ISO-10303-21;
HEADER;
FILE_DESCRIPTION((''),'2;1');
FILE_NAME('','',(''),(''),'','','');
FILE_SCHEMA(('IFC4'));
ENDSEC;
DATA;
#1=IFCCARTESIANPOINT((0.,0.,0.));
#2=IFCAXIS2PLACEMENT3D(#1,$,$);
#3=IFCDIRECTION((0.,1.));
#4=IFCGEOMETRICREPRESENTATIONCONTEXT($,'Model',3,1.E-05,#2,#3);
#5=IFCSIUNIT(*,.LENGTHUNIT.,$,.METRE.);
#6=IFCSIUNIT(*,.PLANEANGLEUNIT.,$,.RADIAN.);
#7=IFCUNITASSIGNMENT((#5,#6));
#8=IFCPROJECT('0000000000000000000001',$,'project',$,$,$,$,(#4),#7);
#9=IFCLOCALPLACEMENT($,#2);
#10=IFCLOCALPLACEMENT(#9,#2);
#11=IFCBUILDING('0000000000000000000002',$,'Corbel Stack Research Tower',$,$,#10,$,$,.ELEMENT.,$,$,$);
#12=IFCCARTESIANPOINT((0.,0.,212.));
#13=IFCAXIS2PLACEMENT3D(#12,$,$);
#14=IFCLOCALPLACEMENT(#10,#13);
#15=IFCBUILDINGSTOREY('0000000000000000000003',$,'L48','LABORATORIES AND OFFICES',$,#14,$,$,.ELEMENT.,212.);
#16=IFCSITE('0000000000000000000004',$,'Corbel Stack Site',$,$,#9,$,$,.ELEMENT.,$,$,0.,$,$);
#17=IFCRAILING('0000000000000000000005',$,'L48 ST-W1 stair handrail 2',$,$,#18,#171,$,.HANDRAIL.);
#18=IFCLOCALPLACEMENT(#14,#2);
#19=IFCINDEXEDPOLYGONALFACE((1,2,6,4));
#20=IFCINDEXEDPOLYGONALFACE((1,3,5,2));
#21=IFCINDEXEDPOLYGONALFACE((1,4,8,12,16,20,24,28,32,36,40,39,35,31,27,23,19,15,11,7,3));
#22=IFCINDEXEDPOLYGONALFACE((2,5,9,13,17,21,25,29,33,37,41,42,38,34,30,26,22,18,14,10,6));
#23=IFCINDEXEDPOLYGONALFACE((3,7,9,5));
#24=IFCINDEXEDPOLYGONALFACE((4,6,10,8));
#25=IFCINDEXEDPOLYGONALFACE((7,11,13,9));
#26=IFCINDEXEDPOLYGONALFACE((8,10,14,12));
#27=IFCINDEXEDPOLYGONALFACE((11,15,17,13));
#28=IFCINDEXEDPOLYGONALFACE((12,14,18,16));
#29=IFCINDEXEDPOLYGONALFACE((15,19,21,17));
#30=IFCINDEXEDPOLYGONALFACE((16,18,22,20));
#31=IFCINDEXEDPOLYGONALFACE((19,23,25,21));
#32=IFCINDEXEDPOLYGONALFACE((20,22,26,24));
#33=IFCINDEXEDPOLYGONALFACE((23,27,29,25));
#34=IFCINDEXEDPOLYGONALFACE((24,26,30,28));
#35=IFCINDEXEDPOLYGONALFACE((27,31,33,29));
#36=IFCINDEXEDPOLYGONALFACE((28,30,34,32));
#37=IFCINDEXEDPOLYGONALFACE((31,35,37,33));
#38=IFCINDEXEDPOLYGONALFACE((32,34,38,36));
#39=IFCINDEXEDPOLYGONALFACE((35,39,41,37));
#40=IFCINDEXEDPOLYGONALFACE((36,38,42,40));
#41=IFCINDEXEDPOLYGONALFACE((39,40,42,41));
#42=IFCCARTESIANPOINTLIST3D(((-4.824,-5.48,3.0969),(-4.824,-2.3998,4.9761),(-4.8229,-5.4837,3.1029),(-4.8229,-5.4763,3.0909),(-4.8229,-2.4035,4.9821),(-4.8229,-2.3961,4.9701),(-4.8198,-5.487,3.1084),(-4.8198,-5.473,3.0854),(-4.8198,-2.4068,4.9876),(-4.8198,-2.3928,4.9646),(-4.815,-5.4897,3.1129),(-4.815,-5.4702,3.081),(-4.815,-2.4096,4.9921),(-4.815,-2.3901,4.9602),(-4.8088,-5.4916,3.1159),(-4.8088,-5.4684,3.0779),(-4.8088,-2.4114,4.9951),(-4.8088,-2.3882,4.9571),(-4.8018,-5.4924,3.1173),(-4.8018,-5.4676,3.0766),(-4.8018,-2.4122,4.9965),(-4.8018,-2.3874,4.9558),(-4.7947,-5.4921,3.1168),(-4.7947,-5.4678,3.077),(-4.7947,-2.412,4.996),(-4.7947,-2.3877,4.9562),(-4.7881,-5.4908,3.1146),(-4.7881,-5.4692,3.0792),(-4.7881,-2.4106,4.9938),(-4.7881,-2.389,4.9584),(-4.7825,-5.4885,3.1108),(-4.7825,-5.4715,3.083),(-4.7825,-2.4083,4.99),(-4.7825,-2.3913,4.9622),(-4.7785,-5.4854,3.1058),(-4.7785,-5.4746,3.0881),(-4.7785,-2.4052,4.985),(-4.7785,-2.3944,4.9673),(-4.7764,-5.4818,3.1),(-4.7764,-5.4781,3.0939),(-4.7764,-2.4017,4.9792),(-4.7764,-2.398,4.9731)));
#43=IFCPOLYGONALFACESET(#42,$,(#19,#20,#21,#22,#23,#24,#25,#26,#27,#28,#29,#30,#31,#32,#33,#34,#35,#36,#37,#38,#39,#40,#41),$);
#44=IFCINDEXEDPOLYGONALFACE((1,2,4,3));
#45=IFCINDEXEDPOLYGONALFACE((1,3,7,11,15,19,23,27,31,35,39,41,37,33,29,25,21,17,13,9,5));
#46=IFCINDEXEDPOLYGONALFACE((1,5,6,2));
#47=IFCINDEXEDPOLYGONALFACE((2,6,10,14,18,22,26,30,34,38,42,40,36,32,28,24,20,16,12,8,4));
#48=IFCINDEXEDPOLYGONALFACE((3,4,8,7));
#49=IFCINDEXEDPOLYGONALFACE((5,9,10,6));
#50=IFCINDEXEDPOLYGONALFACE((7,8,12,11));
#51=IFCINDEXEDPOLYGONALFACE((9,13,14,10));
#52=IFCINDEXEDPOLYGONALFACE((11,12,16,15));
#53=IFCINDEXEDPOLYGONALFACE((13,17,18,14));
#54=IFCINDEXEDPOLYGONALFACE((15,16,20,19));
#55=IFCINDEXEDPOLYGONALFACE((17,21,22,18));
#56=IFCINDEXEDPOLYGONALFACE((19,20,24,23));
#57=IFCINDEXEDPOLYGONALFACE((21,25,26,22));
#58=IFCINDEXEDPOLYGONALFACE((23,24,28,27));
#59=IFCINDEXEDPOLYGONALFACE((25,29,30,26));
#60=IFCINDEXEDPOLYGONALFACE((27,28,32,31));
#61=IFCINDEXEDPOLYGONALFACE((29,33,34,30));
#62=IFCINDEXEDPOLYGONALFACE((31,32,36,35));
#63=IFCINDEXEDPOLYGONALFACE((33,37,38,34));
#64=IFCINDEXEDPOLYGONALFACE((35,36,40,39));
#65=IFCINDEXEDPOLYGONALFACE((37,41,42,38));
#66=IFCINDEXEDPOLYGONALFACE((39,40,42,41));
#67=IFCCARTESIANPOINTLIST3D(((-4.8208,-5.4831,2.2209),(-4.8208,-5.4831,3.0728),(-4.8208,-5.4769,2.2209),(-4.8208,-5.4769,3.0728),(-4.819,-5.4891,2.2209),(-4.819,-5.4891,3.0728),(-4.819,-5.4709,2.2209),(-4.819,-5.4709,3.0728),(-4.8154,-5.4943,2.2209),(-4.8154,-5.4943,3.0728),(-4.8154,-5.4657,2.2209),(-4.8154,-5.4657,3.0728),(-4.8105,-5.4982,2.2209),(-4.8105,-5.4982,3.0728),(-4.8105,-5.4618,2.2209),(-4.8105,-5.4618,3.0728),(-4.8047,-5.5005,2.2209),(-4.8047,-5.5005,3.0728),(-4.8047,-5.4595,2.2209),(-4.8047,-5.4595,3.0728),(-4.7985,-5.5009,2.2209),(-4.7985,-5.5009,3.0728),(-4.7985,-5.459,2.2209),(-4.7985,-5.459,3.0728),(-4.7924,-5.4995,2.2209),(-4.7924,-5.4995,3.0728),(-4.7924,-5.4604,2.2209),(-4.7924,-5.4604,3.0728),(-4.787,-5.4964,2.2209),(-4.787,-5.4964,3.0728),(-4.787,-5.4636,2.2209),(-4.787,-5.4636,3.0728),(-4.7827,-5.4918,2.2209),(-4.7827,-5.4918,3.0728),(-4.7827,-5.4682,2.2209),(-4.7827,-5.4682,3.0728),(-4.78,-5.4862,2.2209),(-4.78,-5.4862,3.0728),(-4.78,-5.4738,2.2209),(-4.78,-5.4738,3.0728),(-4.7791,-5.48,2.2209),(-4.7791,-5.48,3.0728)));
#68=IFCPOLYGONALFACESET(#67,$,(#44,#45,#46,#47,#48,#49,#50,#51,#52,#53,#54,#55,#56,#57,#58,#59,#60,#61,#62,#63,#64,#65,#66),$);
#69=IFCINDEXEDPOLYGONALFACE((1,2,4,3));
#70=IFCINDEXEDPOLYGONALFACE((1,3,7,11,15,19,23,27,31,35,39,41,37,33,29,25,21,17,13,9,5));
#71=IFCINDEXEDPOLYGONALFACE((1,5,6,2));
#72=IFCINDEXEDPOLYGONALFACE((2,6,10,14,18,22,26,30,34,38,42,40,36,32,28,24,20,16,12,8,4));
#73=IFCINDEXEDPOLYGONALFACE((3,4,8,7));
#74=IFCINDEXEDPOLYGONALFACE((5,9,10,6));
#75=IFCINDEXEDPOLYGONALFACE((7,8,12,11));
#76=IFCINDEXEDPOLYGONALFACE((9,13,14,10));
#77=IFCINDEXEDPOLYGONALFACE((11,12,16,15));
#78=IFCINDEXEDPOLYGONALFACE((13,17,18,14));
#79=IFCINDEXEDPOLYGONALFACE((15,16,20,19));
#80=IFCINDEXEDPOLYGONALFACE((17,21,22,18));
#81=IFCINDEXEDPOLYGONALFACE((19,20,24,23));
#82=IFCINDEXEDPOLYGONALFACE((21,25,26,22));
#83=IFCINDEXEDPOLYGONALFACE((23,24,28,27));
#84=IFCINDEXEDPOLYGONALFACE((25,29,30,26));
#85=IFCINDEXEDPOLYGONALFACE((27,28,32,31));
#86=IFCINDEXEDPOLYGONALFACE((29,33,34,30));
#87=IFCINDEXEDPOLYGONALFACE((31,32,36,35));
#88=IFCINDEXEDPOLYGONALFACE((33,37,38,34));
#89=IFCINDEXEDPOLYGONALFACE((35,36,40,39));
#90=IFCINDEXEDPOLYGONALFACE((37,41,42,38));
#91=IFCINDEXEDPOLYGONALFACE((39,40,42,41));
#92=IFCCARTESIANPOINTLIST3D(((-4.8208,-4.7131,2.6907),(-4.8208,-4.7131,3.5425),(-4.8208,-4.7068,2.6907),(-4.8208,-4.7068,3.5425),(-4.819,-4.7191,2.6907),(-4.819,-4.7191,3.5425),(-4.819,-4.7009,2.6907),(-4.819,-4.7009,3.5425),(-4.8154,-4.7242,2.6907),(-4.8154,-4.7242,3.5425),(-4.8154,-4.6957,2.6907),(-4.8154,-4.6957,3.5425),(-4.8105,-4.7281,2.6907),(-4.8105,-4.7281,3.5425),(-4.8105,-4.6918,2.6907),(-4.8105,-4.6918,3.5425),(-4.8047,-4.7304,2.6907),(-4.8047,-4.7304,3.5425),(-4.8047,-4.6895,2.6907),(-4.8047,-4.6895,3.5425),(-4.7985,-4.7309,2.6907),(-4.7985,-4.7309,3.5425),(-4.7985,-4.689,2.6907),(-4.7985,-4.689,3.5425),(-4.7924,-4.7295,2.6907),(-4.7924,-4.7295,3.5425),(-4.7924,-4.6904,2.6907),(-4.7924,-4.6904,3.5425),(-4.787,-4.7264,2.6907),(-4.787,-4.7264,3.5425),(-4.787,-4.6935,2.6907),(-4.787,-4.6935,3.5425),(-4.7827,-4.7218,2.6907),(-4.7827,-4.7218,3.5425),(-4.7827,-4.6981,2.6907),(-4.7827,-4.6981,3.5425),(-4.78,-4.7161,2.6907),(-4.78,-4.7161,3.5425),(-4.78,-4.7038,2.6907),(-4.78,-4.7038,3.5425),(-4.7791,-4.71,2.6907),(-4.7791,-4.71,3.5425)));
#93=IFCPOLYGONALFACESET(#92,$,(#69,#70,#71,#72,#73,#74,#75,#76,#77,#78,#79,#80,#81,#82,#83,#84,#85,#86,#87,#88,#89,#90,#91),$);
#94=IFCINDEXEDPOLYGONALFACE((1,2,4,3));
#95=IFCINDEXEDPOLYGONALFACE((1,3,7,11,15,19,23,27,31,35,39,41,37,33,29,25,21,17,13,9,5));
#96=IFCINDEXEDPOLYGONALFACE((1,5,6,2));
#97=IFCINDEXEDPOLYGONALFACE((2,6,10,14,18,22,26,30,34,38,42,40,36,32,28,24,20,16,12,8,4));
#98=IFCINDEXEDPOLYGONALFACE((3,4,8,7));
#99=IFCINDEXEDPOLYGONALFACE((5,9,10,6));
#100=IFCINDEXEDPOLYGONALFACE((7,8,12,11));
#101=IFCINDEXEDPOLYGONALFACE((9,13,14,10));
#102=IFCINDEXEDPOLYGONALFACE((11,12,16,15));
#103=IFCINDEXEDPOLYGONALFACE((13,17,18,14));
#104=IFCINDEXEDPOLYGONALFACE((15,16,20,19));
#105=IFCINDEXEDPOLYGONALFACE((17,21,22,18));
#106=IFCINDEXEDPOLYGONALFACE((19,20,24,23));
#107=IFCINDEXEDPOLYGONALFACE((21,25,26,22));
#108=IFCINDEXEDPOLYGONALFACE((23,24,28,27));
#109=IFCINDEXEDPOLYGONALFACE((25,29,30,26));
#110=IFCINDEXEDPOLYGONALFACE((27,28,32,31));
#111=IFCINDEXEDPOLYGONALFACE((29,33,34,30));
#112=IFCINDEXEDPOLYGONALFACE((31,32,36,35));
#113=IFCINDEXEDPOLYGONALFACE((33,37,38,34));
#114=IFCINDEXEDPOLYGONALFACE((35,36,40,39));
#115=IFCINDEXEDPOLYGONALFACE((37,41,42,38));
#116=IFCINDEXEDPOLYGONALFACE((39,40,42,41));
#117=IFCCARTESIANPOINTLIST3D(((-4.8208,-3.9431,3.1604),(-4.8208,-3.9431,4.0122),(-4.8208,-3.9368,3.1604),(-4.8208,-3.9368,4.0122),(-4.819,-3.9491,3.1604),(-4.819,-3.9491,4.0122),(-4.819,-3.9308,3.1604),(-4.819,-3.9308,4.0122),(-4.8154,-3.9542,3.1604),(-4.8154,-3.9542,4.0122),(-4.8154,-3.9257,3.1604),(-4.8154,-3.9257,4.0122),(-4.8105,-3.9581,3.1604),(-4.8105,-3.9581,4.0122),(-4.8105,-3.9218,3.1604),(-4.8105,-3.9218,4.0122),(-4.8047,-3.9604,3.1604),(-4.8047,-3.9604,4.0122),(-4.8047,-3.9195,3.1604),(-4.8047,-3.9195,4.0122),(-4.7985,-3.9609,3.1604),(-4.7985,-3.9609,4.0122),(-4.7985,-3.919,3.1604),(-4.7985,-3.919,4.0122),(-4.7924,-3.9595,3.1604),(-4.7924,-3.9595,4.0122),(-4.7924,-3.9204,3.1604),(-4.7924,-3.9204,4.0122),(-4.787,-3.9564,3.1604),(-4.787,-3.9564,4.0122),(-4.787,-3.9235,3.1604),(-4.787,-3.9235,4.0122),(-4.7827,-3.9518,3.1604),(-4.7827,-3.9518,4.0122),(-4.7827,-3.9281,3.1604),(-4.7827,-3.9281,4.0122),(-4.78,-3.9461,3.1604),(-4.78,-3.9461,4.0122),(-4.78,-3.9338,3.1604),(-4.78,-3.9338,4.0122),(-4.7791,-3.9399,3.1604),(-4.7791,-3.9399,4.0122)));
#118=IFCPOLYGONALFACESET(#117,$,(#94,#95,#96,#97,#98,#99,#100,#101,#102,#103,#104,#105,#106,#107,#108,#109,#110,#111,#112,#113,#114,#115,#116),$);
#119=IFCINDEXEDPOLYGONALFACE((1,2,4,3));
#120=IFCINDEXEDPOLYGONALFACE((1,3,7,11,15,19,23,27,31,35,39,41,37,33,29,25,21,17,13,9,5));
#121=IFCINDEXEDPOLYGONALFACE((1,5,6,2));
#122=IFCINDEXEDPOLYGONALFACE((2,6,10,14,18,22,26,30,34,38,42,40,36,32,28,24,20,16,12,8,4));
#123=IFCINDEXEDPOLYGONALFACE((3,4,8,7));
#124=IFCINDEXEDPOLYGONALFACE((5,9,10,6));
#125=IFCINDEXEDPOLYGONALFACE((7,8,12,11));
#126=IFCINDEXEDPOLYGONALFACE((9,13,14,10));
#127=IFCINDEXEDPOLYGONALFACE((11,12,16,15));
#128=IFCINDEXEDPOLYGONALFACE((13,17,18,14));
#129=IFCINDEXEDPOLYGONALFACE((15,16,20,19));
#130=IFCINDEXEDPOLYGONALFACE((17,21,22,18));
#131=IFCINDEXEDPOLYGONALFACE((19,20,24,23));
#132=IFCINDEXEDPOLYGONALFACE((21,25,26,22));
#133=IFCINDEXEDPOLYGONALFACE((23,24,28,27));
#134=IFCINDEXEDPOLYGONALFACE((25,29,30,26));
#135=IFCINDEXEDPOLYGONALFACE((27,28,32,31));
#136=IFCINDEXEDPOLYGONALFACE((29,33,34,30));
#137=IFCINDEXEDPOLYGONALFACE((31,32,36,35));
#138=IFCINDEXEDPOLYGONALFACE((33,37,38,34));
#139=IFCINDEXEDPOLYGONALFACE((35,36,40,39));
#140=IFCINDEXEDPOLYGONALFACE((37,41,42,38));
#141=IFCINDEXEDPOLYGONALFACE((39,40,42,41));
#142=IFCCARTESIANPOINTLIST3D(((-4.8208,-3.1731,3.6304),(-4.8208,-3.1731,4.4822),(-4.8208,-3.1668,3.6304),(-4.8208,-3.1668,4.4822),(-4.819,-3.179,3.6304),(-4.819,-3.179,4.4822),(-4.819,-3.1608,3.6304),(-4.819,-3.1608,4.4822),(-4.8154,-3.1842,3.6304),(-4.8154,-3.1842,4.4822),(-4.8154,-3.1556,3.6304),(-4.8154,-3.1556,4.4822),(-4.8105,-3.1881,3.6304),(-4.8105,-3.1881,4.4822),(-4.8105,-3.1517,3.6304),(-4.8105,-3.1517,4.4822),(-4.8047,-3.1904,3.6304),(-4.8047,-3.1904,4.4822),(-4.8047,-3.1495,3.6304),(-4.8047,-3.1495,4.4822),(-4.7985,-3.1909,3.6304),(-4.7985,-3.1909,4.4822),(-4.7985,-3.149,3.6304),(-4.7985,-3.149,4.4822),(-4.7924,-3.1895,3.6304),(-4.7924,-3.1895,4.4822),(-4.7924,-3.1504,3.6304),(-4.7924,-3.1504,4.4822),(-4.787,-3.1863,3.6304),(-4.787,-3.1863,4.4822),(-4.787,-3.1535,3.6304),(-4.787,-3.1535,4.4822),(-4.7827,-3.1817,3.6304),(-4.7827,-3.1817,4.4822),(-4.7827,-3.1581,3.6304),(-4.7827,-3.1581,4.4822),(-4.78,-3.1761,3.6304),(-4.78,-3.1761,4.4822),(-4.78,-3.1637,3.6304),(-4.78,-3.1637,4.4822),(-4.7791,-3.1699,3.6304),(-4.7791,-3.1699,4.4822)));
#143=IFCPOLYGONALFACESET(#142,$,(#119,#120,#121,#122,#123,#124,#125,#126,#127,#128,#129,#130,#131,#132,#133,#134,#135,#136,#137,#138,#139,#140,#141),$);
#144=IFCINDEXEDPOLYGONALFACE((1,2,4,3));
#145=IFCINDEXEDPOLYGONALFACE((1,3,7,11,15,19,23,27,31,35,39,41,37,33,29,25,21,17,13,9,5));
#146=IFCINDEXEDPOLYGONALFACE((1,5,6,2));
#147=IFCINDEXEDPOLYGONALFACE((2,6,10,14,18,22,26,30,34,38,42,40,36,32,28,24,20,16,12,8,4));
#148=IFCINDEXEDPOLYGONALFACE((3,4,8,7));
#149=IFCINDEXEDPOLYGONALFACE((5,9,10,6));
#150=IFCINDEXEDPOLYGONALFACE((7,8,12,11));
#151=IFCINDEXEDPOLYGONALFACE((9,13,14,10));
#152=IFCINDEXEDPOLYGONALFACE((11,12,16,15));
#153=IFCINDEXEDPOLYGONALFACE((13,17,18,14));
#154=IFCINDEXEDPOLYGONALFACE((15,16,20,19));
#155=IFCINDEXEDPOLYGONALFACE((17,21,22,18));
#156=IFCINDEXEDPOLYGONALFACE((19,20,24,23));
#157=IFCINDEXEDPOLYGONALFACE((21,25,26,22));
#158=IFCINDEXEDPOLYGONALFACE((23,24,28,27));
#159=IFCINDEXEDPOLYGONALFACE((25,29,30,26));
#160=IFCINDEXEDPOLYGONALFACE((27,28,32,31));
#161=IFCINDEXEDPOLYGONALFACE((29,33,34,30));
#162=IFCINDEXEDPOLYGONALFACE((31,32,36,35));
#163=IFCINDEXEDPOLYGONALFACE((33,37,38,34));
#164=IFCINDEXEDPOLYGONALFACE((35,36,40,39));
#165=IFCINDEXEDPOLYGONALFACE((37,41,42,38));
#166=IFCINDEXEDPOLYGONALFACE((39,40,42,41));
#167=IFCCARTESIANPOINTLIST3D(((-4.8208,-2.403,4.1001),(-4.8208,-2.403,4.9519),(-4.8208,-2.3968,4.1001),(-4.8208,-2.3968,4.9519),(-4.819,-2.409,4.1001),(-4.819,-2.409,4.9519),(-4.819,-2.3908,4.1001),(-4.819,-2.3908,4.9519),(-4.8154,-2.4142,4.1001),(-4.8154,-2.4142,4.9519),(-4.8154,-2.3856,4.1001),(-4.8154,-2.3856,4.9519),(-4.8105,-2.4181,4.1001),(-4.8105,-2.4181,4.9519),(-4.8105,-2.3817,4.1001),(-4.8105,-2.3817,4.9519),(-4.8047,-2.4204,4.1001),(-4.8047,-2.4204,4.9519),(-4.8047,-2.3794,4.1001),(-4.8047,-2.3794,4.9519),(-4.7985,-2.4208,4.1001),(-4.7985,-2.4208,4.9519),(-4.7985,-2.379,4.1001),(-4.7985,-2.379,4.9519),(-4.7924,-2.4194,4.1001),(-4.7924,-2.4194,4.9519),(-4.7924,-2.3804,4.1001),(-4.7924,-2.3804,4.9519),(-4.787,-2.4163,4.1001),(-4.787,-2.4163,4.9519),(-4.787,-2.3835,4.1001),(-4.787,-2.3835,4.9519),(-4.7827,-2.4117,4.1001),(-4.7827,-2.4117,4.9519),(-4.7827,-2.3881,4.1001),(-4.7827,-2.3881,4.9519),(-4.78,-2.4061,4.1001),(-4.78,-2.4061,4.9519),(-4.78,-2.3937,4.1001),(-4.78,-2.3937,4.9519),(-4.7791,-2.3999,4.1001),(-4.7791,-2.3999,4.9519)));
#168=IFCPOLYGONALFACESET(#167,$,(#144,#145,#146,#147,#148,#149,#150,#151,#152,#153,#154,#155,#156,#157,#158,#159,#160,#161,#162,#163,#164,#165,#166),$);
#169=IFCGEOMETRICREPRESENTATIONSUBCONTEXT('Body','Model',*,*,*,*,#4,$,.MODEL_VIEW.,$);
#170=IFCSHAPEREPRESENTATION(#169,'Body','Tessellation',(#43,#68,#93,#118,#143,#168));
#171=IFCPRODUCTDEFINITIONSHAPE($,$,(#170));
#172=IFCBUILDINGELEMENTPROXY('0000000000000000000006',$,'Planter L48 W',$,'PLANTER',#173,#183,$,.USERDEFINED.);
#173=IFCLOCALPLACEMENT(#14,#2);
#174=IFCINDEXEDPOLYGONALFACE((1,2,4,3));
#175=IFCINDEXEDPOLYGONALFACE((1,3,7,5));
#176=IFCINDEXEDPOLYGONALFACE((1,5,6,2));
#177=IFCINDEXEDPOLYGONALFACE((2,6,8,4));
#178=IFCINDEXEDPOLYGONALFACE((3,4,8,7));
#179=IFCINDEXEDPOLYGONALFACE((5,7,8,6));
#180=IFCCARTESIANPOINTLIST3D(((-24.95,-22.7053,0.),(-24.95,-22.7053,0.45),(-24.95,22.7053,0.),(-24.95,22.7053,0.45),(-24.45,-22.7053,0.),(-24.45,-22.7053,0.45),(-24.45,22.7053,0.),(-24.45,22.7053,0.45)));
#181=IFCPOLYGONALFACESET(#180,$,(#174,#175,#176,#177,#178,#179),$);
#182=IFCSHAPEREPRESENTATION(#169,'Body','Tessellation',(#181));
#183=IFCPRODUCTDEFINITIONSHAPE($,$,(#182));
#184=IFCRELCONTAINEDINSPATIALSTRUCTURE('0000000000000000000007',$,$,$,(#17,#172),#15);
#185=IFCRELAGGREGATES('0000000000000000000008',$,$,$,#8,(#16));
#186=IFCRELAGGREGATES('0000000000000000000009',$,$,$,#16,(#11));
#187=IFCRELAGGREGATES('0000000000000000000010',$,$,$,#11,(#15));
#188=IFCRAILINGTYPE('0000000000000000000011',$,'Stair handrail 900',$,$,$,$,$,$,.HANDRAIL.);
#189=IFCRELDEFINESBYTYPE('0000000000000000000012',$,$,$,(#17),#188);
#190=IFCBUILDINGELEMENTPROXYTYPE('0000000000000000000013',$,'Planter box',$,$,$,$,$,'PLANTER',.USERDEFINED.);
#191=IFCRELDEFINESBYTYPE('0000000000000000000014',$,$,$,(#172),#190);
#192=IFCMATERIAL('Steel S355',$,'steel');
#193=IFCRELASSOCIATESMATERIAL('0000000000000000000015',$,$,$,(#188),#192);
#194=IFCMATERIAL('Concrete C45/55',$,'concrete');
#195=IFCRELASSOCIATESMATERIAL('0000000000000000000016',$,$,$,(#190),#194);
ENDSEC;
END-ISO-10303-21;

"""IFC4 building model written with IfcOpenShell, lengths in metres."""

from ifc_helpers import new_model, si_unit, direction, frame, origin, origin_2d, place, context, subcontext, project, spatial, rectangle, circle, extrude, material, type_object, element, save


model = new_model("IFC4")

# Units and contexts
model_context = context("Model", 3, precision=1e-05, world=origin(), true_north=direction((0.0, 1.0)))
body_context = subcontext(model_context, "Body", "Model", "MODEL_VIEW")
ifc_project = project(units=[si_unit("LENGTHUNIT", "METRE"), si_unit("PLANEANGLEUNIT", "RADIAN")], contexts=[model_context])

# Site, building, storey
site_placement = place(None, origin())
site = spatial("IfcSite", under=ifc_project, at=site_placement, Name="Corbel Stack Site", CompositionType="ELEMENT", RefElevation=0.0)
building_placement = place(site_placement, origin())
building = spatial("IfcBuilding", under=site, at=building_placement, Name="Corbel Stack Research Tower", CompositionType="ELEMENT")
storey_placement = place(building_placement, frame((0.0, 0.0, 212.0)))
storey = spatial("IfcBuildingStorey", under=building, at=storey_placement, Name="L48", Description="LABORATORIES AND OFFICES", CompositionType="ELEMENT", Elevation=212.0)

# Railing
ifc_material_1 = material(Name="Steel S355", Category="steel")
railing_type_1 = type_object("IfcRailingType", Name="Stair handrail 900", PredefinedType="HANDRAIL", material=ifc_material_1)
railing_1_placement = place(storey_placement, frame((-4.8, -5.48, 2.2209)))
element("IfcRailing", 1, at=railing_1_placement, inside=storey, type_object=railing_type_1, Name="L48 ST-W1 stair handrail 2", PredefinedType="HANDRAIL", context=body_context, shape_type="SweptSolid", body=[
    extrude(circle(Radius=0.0239, at=origin_2d()), frame((0.0, 0.0, 0.876), z_axis=(0.0, 0.853666, 0.52082), x_axis=(-1.0, 0.0, 0.0)), (0.0, 0.0, 1.0), 3.6082),
    extrude(circle(Radius=0.021, at=origin_2d()), origin(), (0.0, 0.0, 1.0), 0.8518),
    extrude(circle(Radius=0.021, at=origin_2d()), frame((0.0, 0.77, 0.4697)), (0.0, 0.0, 1.0), 0.8518),
    extrude(circle(Radius=0.021, at=origin_2d()), frame((0.0, 1.54, 0.9395)), (0.0, 0.0, 1.0), 0.8518),
    extrude(circle(Radius=0.021, at=origin_2d()), frame((0.0, 2.3101, 1.4094)), (0.0, 0.0, 1.0), 0.8518),
    extrude(circle(Radius=0.021, at=origin_2d()), frame((0.0, 3.0801, 1.8792)), (0.0, 0.0, 1.0), 0.8518),
])

# Building element proxy
ifc_material_2 = material(Name="Concrete C45/55", Category="concrete")
building_element_proxy_type = type_object("IfcBuildingElementProxyType", Name="Planter box", ElementType="PLANTER", PredefinedType="USERDEFINED", material=ifc_material_2)
proxy_placement = place(storey_placement, frame((-24.7, 0.0, 0.0), z_axis=(0.0, 0.0, 1.0), x_axis=(0.0, -1.0, 0.0)))
element("IfcBuildingElementProxy", 2, at=proxy_placement, inside=storey, type_object=building_element_proxy_type, Name="Planter L48 W", ObjectType="PLANTER", PredefinedType="USERDEFINED", context=body_context, shape_type="SweptSolid", body=[
    extrude(rectangle(XDim=45.4106, YDim=0.5, at=origin_2d()), origin(), (0.0, 0.0, 1.0), 0.45),
])

save(model, "model.ifc")
